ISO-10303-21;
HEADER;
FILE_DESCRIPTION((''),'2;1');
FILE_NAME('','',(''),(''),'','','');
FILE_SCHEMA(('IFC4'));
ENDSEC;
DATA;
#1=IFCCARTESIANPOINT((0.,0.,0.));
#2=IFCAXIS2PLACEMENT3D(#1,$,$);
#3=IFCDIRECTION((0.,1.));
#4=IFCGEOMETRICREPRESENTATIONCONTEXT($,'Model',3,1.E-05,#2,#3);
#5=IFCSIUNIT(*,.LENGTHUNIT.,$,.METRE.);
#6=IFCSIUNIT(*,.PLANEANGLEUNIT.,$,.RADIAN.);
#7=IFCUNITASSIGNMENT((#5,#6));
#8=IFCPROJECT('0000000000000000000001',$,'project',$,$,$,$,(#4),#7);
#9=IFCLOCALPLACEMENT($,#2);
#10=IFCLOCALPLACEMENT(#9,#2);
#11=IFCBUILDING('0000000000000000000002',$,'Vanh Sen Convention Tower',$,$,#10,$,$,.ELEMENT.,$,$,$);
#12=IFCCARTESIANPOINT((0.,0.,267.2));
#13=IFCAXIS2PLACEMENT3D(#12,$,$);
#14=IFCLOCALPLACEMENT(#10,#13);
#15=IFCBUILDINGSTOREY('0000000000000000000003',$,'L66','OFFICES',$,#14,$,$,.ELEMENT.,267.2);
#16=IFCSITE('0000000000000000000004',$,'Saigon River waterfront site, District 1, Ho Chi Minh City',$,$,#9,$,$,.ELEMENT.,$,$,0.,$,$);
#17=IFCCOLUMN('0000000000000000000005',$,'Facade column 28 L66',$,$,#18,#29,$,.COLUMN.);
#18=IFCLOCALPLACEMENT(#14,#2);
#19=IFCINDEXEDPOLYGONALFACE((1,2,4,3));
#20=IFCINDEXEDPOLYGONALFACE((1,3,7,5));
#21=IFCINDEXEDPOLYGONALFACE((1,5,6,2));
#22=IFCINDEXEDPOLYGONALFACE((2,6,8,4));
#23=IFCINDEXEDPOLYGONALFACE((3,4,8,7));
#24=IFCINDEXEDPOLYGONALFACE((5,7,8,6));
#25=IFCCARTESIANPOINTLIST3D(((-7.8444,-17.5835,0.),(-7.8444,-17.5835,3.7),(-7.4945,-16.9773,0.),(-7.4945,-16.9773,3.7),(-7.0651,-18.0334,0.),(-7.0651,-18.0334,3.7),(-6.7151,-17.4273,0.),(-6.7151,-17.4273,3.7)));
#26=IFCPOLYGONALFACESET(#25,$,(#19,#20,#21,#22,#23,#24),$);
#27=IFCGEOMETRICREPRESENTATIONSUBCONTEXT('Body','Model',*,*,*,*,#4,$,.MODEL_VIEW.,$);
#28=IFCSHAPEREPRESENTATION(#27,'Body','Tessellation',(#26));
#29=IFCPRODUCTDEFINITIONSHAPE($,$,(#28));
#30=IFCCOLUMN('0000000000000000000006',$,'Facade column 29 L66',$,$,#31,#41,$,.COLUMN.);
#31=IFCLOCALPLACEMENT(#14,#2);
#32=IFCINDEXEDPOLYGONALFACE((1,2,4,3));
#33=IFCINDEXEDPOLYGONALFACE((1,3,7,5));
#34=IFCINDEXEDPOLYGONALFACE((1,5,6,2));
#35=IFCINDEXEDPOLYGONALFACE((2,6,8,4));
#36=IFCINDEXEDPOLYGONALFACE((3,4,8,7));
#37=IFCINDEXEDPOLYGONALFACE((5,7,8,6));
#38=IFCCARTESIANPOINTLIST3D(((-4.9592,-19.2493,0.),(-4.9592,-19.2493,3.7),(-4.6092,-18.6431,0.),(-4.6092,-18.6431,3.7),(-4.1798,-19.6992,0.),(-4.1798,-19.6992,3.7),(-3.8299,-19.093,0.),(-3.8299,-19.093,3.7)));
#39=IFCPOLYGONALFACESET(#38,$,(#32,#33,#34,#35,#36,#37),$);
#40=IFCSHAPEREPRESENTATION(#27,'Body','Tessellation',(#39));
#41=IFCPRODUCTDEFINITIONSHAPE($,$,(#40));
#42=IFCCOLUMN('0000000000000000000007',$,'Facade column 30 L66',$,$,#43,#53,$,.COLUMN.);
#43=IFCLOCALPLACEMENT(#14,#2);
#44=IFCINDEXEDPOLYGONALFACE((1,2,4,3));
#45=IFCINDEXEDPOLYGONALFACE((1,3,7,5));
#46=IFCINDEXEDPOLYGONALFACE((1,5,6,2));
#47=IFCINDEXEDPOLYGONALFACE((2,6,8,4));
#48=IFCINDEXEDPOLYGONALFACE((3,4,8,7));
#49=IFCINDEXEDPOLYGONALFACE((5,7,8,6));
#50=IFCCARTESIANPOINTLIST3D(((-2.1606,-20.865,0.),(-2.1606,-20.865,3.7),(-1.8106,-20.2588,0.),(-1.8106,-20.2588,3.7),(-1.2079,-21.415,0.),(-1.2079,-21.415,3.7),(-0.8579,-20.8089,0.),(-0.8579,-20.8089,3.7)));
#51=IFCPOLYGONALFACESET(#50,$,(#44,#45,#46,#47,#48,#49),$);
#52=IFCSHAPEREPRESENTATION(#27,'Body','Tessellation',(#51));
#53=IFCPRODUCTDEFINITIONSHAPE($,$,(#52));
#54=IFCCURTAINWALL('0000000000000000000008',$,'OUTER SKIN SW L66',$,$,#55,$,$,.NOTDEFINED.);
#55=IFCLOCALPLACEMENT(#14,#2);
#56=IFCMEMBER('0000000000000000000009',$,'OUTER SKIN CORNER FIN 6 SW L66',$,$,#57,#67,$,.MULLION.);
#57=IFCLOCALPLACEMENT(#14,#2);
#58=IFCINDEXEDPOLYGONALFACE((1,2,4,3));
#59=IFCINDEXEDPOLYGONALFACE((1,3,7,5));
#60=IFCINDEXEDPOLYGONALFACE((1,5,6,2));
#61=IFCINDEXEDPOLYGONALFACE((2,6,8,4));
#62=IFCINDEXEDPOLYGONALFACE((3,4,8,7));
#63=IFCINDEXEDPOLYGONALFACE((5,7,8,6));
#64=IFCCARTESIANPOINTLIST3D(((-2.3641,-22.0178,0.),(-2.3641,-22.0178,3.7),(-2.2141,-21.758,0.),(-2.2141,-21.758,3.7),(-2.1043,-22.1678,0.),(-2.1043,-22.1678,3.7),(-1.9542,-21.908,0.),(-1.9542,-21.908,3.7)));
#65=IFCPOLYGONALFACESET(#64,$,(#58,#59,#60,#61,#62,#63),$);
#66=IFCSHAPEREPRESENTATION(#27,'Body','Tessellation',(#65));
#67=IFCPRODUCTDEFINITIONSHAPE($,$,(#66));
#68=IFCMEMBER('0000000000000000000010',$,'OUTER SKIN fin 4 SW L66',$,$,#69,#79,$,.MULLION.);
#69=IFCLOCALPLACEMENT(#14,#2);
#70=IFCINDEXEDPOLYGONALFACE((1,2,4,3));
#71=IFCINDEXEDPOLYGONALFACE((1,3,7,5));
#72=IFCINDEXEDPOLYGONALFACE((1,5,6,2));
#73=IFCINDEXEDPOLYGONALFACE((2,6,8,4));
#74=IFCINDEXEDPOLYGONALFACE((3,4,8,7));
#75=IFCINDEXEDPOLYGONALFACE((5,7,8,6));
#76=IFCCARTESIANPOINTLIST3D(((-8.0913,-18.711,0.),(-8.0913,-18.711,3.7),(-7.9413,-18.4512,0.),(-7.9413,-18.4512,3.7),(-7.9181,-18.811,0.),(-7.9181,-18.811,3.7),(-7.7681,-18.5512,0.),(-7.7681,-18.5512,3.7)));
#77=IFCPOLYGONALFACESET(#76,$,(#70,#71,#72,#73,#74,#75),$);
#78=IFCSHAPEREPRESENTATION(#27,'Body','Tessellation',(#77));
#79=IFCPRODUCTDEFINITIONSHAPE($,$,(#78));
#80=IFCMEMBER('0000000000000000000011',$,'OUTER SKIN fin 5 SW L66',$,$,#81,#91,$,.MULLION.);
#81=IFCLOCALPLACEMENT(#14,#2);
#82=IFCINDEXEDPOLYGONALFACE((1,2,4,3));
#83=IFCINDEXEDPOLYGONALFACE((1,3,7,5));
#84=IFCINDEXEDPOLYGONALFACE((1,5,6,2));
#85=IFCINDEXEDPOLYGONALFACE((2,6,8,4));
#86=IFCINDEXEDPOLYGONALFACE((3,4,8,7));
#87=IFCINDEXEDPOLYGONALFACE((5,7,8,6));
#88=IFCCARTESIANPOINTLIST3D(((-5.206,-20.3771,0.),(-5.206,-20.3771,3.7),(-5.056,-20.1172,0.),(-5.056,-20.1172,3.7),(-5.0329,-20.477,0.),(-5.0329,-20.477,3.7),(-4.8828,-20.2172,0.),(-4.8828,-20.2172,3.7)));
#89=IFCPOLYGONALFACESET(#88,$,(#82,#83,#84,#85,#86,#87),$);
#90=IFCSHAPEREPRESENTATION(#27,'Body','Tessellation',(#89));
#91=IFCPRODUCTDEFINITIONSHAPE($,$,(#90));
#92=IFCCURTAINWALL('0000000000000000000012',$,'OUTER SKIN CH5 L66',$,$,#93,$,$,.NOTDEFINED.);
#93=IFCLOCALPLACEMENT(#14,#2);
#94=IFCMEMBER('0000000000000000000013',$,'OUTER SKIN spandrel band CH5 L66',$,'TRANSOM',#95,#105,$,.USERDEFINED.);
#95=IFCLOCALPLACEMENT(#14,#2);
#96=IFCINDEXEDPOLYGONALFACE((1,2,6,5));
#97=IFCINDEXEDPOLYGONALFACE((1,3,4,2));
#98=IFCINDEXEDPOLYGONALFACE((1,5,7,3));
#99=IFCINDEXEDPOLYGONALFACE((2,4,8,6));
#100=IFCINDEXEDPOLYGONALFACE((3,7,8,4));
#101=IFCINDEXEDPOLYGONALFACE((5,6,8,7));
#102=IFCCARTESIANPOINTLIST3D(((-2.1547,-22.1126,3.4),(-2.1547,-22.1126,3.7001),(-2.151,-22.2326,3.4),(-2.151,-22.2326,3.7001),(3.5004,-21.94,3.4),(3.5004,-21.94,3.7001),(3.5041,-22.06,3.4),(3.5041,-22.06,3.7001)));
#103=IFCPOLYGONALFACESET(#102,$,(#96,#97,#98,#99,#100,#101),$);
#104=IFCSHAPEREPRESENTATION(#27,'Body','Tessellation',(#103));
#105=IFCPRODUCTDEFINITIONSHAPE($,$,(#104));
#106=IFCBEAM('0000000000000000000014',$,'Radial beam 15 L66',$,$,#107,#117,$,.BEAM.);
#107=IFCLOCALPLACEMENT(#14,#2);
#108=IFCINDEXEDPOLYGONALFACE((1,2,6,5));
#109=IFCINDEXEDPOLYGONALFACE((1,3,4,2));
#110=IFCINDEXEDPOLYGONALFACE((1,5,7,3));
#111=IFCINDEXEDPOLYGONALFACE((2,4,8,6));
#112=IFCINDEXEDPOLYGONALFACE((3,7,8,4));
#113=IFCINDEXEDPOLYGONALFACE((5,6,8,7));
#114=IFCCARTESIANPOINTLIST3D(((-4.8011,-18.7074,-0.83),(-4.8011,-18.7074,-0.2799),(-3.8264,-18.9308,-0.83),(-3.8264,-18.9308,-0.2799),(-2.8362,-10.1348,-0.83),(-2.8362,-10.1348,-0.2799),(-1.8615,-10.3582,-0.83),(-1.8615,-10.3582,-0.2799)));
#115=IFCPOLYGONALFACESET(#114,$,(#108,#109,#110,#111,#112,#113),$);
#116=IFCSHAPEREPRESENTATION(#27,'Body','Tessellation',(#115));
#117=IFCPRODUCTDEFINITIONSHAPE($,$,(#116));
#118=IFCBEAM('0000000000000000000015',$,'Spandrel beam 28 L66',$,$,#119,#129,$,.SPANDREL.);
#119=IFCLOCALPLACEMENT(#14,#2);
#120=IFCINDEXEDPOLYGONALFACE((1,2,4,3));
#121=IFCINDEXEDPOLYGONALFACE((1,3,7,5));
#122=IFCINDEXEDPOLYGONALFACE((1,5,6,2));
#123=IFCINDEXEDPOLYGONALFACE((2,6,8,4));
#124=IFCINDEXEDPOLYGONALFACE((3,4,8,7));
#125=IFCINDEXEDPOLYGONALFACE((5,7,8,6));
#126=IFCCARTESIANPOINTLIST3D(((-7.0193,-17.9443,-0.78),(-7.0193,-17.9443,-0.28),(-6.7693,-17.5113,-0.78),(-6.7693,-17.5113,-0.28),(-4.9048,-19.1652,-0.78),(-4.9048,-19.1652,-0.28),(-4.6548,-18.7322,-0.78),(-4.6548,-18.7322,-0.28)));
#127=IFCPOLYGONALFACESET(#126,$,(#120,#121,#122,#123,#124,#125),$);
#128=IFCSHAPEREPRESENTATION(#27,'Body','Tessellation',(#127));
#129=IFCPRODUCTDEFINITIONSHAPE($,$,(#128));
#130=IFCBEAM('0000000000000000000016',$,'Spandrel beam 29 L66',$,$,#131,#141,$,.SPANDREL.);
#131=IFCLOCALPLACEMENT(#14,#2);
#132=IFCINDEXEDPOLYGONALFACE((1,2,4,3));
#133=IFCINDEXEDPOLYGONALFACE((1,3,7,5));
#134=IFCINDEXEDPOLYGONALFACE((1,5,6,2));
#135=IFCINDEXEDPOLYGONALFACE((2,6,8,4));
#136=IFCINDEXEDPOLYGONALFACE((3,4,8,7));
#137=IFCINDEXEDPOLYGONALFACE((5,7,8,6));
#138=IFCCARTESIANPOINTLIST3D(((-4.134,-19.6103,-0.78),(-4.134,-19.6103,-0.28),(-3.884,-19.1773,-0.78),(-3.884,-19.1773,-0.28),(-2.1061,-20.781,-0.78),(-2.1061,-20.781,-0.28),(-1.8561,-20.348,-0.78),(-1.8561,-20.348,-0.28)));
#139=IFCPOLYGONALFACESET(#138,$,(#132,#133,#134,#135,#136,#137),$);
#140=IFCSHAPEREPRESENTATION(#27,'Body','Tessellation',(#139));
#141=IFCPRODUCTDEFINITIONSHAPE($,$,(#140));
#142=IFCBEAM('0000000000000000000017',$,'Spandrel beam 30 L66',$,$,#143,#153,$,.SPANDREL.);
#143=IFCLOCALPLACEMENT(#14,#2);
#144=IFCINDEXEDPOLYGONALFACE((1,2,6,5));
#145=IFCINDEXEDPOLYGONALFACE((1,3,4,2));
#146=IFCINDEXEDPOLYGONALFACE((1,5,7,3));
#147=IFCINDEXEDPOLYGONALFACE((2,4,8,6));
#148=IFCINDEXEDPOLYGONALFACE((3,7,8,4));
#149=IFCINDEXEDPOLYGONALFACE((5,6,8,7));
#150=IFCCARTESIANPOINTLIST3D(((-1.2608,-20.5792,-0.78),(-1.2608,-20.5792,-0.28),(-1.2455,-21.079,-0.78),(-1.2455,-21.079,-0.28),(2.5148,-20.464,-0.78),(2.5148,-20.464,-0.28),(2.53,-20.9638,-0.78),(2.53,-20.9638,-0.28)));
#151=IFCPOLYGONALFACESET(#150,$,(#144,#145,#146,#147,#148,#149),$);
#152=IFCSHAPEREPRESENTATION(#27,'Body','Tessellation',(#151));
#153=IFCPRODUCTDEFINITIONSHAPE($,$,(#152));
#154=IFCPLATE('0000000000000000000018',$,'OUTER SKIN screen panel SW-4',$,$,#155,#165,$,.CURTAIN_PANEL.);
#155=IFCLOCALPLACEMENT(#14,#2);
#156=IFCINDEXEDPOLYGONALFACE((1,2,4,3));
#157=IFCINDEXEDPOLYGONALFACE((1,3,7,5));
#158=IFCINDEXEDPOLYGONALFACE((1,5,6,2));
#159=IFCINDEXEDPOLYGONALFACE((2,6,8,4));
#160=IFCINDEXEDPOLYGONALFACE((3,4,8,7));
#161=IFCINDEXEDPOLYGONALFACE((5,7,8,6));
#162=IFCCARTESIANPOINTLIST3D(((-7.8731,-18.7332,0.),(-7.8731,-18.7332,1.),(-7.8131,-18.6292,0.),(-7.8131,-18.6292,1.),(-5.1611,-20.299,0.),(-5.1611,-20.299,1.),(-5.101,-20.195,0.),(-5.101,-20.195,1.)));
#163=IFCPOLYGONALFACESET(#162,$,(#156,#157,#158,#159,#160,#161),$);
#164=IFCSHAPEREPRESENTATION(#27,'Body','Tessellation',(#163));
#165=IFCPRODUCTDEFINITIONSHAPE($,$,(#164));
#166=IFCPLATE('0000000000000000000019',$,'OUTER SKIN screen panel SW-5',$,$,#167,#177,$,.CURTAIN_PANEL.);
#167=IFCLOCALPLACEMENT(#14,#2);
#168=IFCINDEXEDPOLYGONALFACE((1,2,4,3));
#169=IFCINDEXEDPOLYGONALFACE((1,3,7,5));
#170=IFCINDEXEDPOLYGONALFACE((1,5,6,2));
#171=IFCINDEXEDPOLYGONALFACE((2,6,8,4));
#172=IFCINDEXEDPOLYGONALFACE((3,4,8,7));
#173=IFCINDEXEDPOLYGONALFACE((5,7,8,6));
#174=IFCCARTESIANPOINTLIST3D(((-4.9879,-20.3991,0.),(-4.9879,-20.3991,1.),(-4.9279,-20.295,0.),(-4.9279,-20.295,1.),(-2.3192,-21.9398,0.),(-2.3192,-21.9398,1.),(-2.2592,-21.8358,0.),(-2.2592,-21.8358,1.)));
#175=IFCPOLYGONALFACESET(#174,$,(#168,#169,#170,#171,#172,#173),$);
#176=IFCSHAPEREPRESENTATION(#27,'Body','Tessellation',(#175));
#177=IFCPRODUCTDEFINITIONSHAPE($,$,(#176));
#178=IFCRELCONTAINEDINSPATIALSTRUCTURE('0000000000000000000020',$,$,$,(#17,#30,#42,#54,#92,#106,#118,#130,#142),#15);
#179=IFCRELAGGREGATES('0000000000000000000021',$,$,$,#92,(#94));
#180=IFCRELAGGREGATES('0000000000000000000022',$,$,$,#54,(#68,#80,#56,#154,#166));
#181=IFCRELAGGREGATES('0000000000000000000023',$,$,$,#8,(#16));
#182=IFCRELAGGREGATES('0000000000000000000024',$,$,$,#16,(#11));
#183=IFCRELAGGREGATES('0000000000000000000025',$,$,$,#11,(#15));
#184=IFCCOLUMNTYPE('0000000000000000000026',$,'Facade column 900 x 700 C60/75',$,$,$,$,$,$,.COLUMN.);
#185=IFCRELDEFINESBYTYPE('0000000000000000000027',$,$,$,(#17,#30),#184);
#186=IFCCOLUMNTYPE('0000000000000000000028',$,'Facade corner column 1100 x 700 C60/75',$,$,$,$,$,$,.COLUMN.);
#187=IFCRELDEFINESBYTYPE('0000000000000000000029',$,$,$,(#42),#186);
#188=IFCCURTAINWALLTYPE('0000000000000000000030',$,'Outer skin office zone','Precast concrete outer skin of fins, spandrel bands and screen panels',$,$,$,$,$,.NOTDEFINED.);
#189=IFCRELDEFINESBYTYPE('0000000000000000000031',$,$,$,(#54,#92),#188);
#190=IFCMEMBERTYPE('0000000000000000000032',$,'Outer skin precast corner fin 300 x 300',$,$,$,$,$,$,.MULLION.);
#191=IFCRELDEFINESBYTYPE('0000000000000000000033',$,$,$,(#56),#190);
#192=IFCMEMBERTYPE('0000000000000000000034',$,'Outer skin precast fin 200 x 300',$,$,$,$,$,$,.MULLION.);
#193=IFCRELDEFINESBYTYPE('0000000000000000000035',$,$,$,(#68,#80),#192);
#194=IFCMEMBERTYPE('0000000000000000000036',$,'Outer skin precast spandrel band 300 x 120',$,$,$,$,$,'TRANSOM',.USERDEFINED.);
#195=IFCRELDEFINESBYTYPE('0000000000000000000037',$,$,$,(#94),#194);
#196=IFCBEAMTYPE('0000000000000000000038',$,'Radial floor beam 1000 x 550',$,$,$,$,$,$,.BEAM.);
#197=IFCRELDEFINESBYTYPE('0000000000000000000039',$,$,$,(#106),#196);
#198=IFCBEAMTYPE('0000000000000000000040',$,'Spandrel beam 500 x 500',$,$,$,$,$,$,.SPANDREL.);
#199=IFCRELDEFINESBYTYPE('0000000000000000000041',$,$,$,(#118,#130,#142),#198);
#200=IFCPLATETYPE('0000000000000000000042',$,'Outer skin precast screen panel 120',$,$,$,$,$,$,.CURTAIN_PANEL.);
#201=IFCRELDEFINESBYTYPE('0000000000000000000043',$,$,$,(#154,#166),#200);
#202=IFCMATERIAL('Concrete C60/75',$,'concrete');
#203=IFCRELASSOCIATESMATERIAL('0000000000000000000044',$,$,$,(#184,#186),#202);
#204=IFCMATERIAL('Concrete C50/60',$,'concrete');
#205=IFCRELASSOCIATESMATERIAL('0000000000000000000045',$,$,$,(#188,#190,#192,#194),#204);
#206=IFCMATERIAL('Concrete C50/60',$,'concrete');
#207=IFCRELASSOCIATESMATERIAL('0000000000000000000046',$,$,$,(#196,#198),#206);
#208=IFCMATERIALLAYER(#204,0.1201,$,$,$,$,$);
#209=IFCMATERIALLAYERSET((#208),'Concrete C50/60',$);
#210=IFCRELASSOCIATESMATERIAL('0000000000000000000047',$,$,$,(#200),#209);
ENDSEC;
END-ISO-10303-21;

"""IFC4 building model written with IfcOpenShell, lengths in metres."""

from ifc_helpers import new_model, si_unit, direction, frame, origin, origin_2d, place, context, subcontext, project, spatial, rectangle, extrude, material, layer, layer_set, material_profile, profile_set, type_object, element, aggregate, save


model = new_model("IFC4")

# Units and contexts
model_context = context("Model", 3, precision=1e-05, world=origin(), true_north=direction((0.0, 1.0)))
body_context = subcontext(model_context, "Body", "Model", "MODEL_VIEW")
ifc_project = project(units=[si_unit("LENGTHUNIT", "METRE"), si_unit("PLANEANGLEUNIT", "RADIAN")], contexts=[model_context])

# Site, building, storey
site_placement = place(None, origin())
site = spatial("IfcSite", under=ifc_project, at=site_placement, Name="Saigon River waterfront site, District 1, Ho Chi Minh City", CompositionType="ELEMENT", RefElevation=0.0)
building_placement = place(site_placement, origin())
building = spatial("IfcBuilding", under=site, at=building_placement, Name="Vanh Sen Convention Tower", CompositionType="ELEMENT")
storey_placement = place(building_placement, frame((0.0, 0.0, 267.2)))
storey = spatial("IfcBuildingStorey", under=building, at=storey_placement, Name="L66", Description="OFFICES", CompositionType="ELEMENT", Elevation=267.2)

# Columns
ifc_material_1 = material(Name="Concrete C60/75", Category="concrete")
ifc_material_profile_1 = material_profile(ifc_material_1, rectangle(XDim=0.8999, YDim=0.7, at=origin_2d()), Name="RC 900X700")
ifc_profile_set_1 = profile_set([ifc_material_profile_1], Name="Concrete C60/75")
column_type_1 = type_object("IfcColumnType", Name="Facade column 900 x 700 C60/75", PredefinedType="COLUMN", material=ifc_profile_set_1)
for number, where, z_axis, x_axis, name in (
    (1, (-7.2798, -17.5054, 0.0), (0.0, 0.0, 1.0), (0.866025, -0.5, 0.0), "Facade column 28 L66"),
    (2, (-4.3945, -19.1711, 0.0), (0.0, 0.0, 1.0), (0.866025, -0.5, 0.0), "Facade column 29 L66"),
):
    element("IfcColumn", number, at=place(storey_placement, frame(where, z_axis=z_axis, x_axis=x_axis)), inside=storey, type_object=column_type_1, Name=name, PredefinedType="COLUMN", context=body_context, shape_type="SweptSolid", body=[
        extrude(rectangle(XDim=0.8999, YDim=0.7, at=origin_2d()), origin(), (0.0, 0.0, 1.0), 3.7),
    ])
ifc_material_profile_2 = material_profile(ifc_material_1, rectangle(XDim=1.1001, YDim=0.7, at=origin_2d()), Name="RC 1100X700")
ifc_profile_set_2 = profile_set([ifc_material_profile_2], Name="Concrete C60/75")
column_type_2 = type_object("IfcColumnType", Name="Facade corner column 1100 x 700 C60/75", PredefinedType="COLUMN", material=ifc_profile_set_2)
column_placement = place(storey_placement, frame((-1.5093, -20.8369, 0.0), z_axis=(0.0, 0.0, 1.0), x_axis=(0.866025, -0.5, 0.0)))
element("IfcColumn", 3, at=column_placement, inside=storey, type_object=column_type_2, Name="Facade column 30 L66", PredefinedType="COLUMN", context=body_context, shape_type="SweptSolid", body=[
    extrude(rectangle(XDim=1.1001, YDim=0.7, at=origin_2d()), origin(), (0.0, 0.0, 1.0), 3.7),
])

# Curtain wall, members
ifc_material_2 = material(Name="Concrete C50/60", Category="concrete")
curtain_wall_type = type_object("IfcCurtainWallType", Name="Outer skin office zone", Description="Precast concrete outer skin of fins, spandrel bands and screen panels", PredefinedType="NOTDEFINED", material=ifc_material_2)
curtain_wall_1_placement = place(storey_placement, origin())
curtain_wall_1 = element("IfcCurtainWall", 4, at=curtain_wall_1_placement, inside=storey, type_object=curtain_wall_type, Name="OUTER SKIN SW L66", PredefinedType="NOTDEFINED")
ifc_material_profile_3 = material_profile(ifc_material_2, rectangle(XDim=0.3, YDim=0.3, at=origin_2d()), Name="Outer skin precast corner fin 300 x 300")
ifc_profile_set_3 = profile_set([ifc_material_profile_3], Name="Concrete C50/60")
member_type_1 = type_object("IfcMemberType", Name="Outer skin precast corner fin 300 x 300", PredefinedType="MULLION", material=ifc_profile_set_3)
member_1_placement = place(storey_placement, frame((-2.1592, -21.9629, 0.0), z_axis=(0.0, 0.0, 1.0), x_axis=(0.866025, -0.5, 0.0)))
member_1 = element("IfcMember", 5, at=member_1_placement, type_object=member_type_1, Name="OUTER SKIN CORNER FIN 6 SW L66", PredefinedType="MULLION", context=body_context, shape_type="SweptSolid", body=[
    extrude(rectangle(XDim=0.3, YDim=0.3, at=origin_2d()), origin(), (0.0, 0.0, 1.0), 3.7),
])
ifc_material_profile_4 = material_profile(ifc_material_2, rectangle(XDim=0.2, YDim=0.3, at=origin_2d()), Name="Outer skin precast fin 200 x 300")
ifc_profile_set_4 = profile_set([ifc_material_profile_4], Name="Concrete C50/60")
member_type_2 = type_object("IfcMemberType", Name="Outer skin precast fin 200 x 300", PredefinedType="MULLION", material=ifc_profile_set_4)
member_2_placement = place(storey_placement, frame((-7.9297, -18.6311, 0.0), z_axis=(0.0, 0.0, 1.0), x_axis=(0.866025, -0.5, 0.0)))
member_2 = element("IfcMember", 6, at=member_2_placement, type_object=member_type_2, Name="OUTER SKIN fin 4 SW L66", PredefinedType="MULLION", context=body_context, shape_type="SweptSolid", body=[
    extrude(rectangle(XDim=0.2, YDim=0.3, at=origin_2d()), origin(), (0.0, 0.0, 1.0), 3.7),
])
member_3_placement = place(storey_placement, frame((-5.0444, -20.2971, 0.0), z_axis=(0.0, 0.0, 1.0), x_axis=(0.866025, -0.5, 0.0)))
member_3 = element("IfcMember", 7, at=member_3_placement, type_object=member_type_2, Name="OUTER SKIN fin 5 SW L66", PredefinedType="MULLION", context=body_context, shape_type="SweptSolid", body=[
    extrude(rectangle(XDim=0.2, YDim=0.3, at=origin_2d()), origin(), (0.0, 0.0, 1.0), 3.7),
])

# Curtain wall, member
curtain_wall_2_placement = place(storey_placement, origin())
curtain_wall_2 = element("IfcCurtainWall", 8, at=curtain_wall_2_placement, inside=storey, type_object=curtain_wall_type, Name="OUTER SKIN CH5 L66", PredefinedType="NOTDEFINED")
ifc_material_profile_5 = material_profile(ifc_material_2, rectangle(XDim=0.1201, YDim=0.3, at=origin_2d()), Name="Outer skin precast spandrel band 300 x 120")
ifc_profile_set_5 = profile_set([ifc_material_profile_5], Name="Concrete C50/60")
member_type_3 = type_object("IfcMemberType", Name="Outer skin precast spandrel band 300 x 120", ElementType="TRANSOM", PredefinedType="USERDEFINED", material=ifc_profile_set_5)
member_4_placement = place(storey_placement, frame((-2.1528, -22.1726, 3.55), z_axis=(0.999535, 0.030509, 0.0), x_axis=(-0.030509, 0.999535, 0.0)))
member_4 = element("IfcMember", 9, at=member_4_placement, type_object=member_type_3, Name="OUTER SKIN spandrel band CH5 L66", ObjectType="TRANSOM", PredefinedType="USERDEFINED", context=body_context, shape_type="SweptSolid", body=[
    extrude(rectangle(XDim=0.1201, YDim=0.3, at=origin_2d()), origin(), (0.0, 0.0, 1.0), 5.6577),
])
aggregate(curtain_wall_2, [member_4])

# Beams
ifc_material_3 = material(Name="Concrete C50/60", Category="concrete")
ifc_material_profile_6 = material_profile(ifc_material_3, rectangle(XDim=1.0, YDim=0.55, at=origin_2d()), Name="RC 1000X550")
ifc_profile_set_6 = profile_set([ifc_material_profile_6], Name="Concrete C50/60")
beam_type_1 = type_object("IfcBeamType", Name="Radial floor beam 1000 x 550", PredefinedType="BEAM", material=ifc_profile_set_6)
beam_1_placement = place(storey_placement, frame((-4.3137, -18.8191, -0.5549), z_axis=(0.22341, 0.974725, 0.0), x_axis=(-0.974725, 0.22341, 0.0)))
element("IfcBeam", 10, at=beam_1_placement, inside=storey, type_object=beam_type_1, Name="Radial beam 15 L66", PredefinedType="BEAM", context=body_context, shape_type="SweptSolid", body=[
    extrude(rectangle(XDim=1.0, YDim=0.55, at=origin_2d()), origin(), (0.0, 0.0, 1.0), 8.7949),
])
ifc_material_profile_7 = material_profile(ifc_material_3, rectangle(XDim=0.5, YDim=0.5, at=origin_2d()), Name="RC 500X500")
ifc_profile_set_7 = profile_set([ifc_material_profile_7], Name="Concrete C50/60")
beam_type_2 = type_object("IfcBeamType", Name="Spandrel beam 500 x 500", PredefinedType="SPANDREL", material=ifc_profile_set_7)
beam_2_placement = place(storey_placement, frame((-6.8943, -17.7278, -0.53), z_axis=(0.866001, -0.500043, 0.0), x_axis=(0.500043, 0.866001, 0.0)))
element("IfcBeam", 11, at=beam_2_placement, inside=storey, type_object=beam_type_2, Name="Spandrel beam 28 L66", PredefinedType="SPANDREL", context=body_context, shape_type="SweptSolid", body=[
    extrude(rectangle(XDim=0.5, YDim=0.5, at=origin_2d()), origin(), (0.0, 0.0, 1.0), 2.4417),
])
beam_3_placement = place(storey_placement, frame((-4.009, -19.3938, -0.53), z_axis=(0.866047, -0.499963, 0.0), x_axis=(0.499963, 0.866047, 0.0)))
element("IfcBeam", 12, at=beam_3_placement, inside=storey, type_object=beam_type_2, Name="Spandrel beam 29 L66", PredefinedType="SPANDREL", context=body_context, shape_type="SweptSolid", body=[
    extrude(rectangle(XDim=0.5, YDim=0.5, at=origin_2d()), origin(), (0.0, 0.0, 1.0), 2.3416),
])
beam_4_placement = place(storey_placement, frame((-1.2532, -20.8291, -0.53), z_axis=(0.999535, 0.030506, 0.0), x_axis=(-0.030506, 0.999535, 0.0)))
element("IfcBeam", 13, at=beam_4_placement, inside=storey, type_object=beam_type_2, Name="Spandrel beam 30 L66", PredefinedType="SPANDREL", context=body_context, shape_type="SweptSolid", body=[
    extrude(rectangle(XDim=0.5, YDim=0.5, at=origin_2d()), origin(), (0.0, 0.0, 1.0), 3.7773),
])

# Plates
ifc_layer_1 = layer(ifc_material_2, 0.1201)
ifc_layer_set_1 = layer_set([ifc_layer_1], Name="Concrete C50/60")
plate_type = type_object("IfcPlateType", Name="Outer skin precast screen panel 120", PredefinedType="CURTAIN_PANEL", material=ifc_layer_set_1)
plate_1_placement = place(storey_placement, frame((-6.4871, -19.4641, 0.0), z_axis=(0.0, 0.0, 1.0), x_axis=(0.866029, -0.499994, 0.0)))
plate_1 = element("IfcPlate", 14, at=plate_1_placement, type_object=plate_type, Name="OUTER SKIN screen panel SW-4", PredefinedType="CURTAIN_PANEL", context=body_context, shape_type="SweptSolid", body=[
    extrude(rectangle(XDim=3.1316, YDim=0.1201, at=origin_2d()), origin(), (0.0, 0.0, 1.0), 1.0),
])
plate_2_placement = place(storey_placement, frame((-3.6235, -21.1174, 0.0), z_axis=(0.0, 0.0, 1.0), x_axis=(0.866029, -0.499994, 0.0)))
plate_2 = element("IfcPlate", 15, at=plate_2_placement, type_object=plate_type, Name="OUTER SKIN screen panel SW-5", PredefinedType="CURTAIN_PANEL", context=body_context, shape_type="SweptSolid", body=[
    extrude(rectangle(XDim=3.0815, YDim=0.1201, at=origin_2d()), origin(), (0.0, 0.0, 1.0), 1.0),
])
aggregate(curtain_wall_1, [member_2, member_3, member_1, plate_1, plate_2])

save(model, "model.ifc")
